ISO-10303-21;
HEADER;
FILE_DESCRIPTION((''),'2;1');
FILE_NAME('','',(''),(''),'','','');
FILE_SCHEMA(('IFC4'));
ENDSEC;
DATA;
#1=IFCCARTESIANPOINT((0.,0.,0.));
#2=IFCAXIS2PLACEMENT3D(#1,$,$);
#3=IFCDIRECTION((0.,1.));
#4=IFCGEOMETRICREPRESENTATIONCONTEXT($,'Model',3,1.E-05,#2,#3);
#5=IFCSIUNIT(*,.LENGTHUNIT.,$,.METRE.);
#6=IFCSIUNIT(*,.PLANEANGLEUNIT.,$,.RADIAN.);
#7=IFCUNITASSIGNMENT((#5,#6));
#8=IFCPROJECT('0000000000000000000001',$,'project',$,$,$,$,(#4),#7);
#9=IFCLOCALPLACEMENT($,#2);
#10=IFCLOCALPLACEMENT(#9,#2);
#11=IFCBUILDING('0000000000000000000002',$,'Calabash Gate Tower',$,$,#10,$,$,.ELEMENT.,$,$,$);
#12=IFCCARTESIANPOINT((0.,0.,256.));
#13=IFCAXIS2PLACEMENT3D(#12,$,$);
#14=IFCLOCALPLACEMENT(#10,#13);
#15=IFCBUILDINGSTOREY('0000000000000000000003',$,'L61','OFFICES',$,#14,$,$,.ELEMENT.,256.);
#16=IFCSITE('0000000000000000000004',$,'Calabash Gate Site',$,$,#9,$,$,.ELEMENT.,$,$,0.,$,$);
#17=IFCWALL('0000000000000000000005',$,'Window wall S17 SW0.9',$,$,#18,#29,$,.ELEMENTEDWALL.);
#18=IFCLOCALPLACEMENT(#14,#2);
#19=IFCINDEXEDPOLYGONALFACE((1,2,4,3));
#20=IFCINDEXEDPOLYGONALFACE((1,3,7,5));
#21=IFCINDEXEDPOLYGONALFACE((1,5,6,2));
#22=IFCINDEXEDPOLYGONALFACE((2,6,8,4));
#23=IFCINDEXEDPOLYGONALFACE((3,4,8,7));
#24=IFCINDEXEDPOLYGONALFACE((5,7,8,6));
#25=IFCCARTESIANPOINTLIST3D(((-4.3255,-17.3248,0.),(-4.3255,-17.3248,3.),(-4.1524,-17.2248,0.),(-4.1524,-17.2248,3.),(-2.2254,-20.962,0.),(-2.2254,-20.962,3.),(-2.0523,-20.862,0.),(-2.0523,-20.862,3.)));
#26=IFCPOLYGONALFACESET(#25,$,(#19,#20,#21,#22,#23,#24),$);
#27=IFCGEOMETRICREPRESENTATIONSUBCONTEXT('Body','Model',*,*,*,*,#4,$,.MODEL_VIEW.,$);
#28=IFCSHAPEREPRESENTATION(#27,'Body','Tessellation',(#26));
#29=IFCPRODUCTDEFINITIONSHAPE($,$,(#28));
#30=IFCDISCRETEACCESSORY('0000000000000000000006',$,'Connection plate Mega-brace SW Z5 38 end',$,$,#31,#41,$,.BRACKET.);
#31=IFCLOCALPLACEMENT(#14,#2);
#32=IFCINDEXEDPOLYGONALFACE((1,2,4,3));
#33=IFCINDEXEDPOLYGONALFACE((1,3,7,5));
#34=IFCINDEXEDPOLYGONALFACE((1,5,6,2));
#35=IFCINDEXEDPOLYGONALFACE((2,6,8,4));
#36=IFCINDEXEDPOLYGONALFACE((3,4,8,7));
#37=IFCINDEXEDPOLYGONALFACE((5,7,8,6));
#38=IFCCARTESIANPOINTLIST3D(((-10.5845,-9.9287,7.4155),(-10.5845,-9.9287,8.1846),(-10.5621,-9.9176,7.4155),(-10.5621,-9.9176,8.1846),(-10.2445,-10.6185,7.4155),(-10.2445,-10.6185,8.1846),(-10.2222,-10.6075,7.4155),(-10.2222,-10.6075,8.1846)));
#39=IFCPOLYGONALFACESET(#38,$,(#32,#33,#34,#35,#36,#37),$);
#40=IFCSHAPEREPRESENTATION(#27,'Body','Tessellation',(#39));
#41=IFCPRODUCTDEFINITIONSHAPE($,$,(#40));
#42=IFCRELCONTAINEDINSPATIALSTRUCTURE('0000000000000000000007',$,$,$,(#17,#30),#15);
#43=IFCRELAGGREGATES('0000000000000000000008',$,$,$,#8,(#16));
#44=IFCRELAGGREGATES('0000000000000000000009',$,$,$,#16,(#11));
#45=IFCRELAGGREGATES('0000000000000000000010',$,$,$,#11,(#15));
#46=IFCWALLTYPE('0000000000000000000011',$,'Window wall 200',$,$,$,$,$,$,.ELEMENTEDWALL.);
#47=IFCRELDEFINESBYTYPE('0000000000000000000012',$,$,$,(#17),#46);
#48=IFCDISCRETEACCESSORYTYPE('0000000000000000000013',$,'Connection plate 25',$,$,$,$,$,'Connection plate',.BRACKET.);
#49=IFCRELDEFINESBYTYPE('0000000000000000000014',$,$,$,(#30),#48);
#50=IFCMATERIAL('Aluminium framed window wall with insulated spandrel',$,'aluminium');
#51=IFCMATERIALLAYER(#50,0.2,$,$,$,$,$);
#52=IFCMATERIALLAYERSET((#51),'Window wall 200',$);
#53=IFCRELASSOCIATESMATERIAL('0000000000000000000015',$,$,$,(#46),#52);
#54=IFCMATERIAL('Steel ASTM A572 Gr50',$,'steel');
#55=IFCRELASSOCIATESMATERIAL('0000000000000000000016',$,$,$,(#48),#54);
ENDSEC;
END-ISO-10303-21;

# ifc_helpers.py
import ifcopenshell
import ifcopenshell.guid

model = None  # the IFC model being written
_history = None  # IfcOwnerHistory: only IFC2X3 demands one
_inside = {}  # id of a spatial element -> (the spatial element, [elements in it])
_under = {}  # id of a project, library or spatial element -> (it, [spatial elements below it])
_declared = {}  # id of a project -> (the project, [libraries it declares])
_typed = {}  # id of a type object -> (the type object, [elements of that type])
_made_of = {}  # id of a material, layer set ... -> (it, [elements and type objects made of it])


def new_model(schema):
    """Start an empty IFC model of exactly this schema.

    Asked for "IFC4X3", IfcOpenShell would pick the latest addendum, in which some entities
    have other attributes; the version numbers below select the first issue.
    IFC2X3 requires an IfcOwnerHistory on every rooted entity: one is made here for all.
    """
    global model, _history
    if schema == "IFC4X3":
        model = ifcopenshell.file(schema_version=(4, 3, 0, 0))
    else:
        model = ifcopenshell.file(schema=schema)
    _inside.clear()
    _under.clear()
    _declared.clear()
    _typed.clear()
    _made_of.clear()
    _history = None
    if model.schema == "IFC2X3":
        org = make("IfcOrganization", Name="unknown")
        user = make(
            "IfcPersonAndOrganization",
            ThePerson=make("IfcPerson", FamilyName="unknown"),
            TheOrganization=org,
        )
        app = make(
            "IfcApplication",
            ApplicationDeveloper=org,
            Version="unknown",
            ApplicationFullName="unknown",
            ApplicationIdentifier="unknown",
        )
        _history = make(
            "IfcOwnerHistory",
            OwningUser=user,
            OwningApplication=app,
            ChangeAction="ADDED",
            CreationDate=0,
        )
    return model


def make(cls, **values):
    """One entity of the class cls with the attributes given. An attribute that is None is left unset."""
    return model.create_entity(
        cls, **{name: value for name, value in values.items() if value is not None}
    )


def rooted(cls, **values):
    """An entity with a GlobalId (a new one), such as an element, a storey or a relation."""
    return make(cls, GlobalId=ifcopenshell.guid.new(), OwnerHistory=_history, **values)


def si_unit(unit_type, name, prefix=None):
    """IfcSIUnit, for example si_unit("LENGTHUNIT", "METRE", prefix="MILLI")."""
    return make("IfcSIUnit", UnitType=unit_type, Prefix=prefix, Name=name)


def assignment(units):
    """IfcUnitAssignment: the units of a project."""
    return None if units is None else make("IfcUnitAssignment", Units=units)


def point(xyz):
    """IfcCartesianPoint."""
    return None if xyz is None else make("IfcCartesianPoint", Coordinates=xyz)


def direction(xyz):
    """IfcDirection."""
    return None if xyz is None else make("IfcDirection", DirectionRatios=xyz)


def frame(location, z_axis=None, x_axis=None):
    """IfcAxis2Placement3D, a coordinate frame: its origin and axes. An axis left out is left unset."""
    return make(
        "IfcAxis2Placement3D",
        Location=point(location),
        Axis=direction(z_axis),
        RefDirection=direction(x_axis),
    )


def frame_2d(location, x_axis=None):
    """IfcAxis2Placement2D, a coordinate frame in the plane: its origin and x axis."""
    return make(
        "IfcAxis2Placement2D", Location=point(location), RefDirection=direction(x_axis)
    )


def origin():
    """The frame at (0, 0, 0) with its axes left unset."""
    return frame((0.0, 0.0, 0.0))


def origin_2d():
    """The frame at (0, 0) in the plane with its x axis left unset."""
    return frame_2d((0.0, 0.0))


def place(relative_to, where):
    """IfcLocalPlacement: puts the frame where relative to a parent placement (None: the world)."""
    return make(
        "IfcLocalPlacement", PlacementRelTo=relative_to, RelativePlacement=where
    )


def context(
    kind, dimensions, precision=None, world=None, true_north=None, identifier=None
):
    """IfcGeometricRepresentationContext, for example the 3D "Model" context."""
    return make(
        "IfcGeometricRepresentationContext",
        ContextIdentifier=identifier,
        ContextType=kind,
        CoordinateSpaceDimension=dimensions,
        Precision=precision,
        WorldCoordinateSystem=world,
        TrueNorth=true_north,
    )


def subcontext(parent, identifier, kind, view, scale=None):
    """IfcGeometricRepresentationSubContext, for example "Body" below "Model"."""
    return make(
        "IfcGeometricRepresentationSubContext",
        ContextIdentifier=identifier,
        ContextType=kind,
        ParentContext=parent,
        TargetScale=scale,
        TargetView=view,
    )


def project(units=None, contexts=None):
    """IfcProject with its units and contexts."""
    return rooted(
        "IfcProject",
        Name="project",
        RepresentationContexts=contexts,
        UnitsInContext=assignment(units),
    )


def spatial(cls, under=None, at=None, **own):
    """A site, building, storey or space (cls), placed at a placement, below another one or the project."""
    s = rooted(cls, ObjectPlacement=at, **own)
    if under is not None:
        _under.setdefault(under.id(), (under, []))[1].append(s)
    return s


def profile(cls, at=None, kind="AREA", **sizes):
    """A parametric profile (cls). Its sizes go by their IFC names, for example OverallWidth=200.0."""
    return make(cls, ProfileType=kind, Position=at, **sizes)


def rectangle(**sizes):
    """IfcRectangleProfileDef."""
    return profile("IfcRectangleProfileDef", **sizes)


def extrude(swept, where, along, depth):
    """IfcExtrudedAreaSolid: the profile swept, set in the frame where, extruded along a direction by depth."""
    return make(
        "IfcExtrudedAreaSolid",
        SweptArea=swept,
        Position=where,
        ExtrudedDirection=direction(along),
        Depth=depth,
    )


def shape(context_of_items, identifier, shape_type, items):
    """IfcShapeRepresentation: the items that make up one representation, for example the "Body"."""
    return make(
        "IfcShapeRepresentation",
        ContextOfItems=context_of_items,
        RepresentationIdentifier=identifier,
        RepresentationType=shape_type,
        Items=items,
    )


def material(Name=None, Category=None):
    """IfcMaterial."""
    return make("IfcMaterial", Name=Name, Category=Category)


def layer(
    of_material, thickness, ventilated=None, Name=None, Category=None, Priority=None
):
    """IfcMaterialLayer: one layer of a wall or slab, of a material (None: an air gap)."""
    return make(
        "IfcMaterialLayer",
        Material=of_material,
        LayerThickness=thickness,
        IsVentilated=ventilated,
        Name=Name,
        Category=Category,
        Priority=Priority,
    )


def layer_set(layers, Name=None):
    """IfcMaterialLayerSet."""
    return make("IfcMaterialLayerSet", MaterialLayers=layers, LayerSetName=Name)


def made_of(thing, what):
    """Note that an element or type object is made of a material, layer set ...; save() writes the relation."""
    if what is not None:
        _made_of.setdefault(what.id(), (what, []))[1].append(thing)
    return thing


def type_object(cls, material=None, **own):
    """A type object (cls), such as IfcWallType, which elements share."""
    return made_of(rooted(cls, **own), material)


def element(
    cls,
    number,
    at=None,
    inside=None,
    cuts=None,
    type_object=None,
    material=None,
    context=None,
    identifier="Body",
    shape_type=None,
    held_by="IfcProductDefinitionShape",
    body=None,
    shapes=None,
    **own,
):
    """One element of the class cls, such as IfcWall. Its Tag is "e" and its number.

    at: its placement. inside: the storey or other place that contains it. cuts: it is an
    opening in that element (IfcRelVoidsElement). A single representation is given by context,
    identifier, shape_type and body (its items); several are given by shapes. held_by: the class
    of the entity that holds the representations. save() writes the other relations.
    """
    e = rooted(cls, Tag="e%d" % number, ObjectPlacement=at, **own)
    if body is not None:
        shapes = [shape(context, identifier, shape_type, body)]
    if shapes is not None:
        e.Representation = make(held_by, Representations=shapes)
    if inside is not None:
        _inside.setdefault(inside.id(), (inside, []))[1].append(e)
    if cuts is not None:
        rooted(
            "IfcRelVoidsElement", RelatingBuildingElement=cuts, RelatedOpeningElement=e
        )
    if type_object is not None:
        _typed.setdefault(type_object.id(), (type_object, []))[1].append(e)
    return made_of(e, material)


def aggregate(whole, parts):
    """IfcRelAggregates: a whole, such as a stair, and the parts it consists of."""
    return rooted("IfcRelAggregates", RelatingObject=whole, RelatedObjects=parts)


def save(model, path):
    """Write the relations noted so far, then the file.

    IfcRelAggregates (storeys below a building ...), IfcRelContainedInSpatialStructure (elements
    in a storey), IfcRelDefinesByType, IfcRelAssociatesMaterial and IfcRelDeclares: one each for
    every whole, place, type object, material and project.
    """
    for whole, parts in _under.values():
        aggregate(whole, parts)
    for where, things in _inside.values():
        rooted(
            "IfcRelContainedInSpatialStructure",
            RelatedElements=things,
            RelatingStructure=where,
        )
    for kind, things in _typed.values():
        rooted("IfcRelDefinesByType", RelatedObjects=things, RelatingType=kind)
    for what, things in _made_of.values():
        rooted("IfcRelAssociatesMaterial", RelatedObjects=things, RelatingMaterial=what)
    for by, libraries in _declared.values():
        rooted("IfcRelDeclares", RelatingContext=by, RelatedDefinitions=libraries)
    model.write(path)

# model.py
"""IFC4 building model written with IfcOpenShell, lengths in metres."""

from ifc_helpers import new_model, si_unit, direction, frame, frame_2d, origin, origin_2d, place, context, subcontext, project, spatial, rectangle, extrude, material, layer, layer_set, type_object, element, save


model = new_model("IFC4")

# Units and contexts
model_context = context("Model", 3, precision=1e-05, world=origin(), true_north=direction((0.0, 1.0)))
body_context = subcontext(model_context, "Body", "Model", "MODEL_VIEW")
ifc_project = project(units=[si_unit("LENGTHUNIT", "METRE"), si_unit("PLANEANGLEUNIT", "RADIAN")], contexts=[model_context])

# Site, building, storey
site_placement = place(None, origin())
site = spatial("IfcSite", under=ifc_project, at=site_placement, Name="Calabash Gate Site", CompositionType="ELEMENT", RefElevation=0.0)
building_placement = place(site_placement, origin())
building = spatial("IfcBuilding", under=site, at=building_placement, Name="Calabash Gate Tower", CompositionType="ELEMENT")
storey_placement = place(building_placement, frame((0.0, 0.0, 256.0)))
storey = spatial("IfcBuildingStorey", under=building, at=storey_placement, Name="L61", Description="OFFICES", CompositionType="ELEMENT", Elevation=256.0)

# Wall
ifc_material_1 = material(Name="Aluminium framed window wall with insulated spandrel", Category="aluminium")
ifc_layer_1 = layer(ifc_material_1, 0.2)
ifc_layer_set_1 = layer_set([ifc_layer_1], Name="Window wall 200")
wall_type_1 = type_object("IfcWallType", Name="Window wall 200", PredefinedType="ELEMENTEDWALL", material=ifc_layer_set_1)
wall_1_placement = place(storey_placement, frame((-4.239, -17.2747, 0.0), z_axis=(0.0, 0.0, 1.0), x_axis=(0.500028, -0.866009, 0.0)))
element("IfcWall", 1, at=wall_1_placement, inside=storey, type_object=wall_type_1, Name="Window wall S17 SW0.9", PredefinedType="ELEMENTEDWALL", context=body_context, shape_type="SweptSolid", body=[
    extrude(rectangle(XDim=4.2, YDim=0.2, at=frame_2d((2.1001, 0.0))), origin(), (0.0, 0.0, 1.0), 3.0),
])

# Discrete accessory
ifc_material_2 = material(Name="Steel ASTM A572 Gr50", Category="steel")
discrete_accessory_type = type_object("IfcDiscreteAccessoryType", Name="Connection plate 25", ElementType="Connection plate", PredefinedType="BRACKET", material=ifc_material_2)
discrete_accessory_placement = place(storey_placement, frame((-10.4033, -10.2681, 7.4155), z_axis=(0.0, 0.0, 1.0), x_axis=(-0.44201, 0.89701, 0.0)))
element("IfcDiscreteAccessory", 2, at=discrete_accessory_placement, inside=storey, type_object=discrete_accessory_type, Name="Connection plate Mega-brace SW Z5 38 end", PredefinedType="BRACKET", context=body_context, shape_type="SweptSolid", body=[
    extrude(rectangle(XDim=0.769, YDim=0.0249, at=origin_2d()), origin(), (0.0, 0.0, 1.0), 0.769),
])

save(model, "model.ifc")
